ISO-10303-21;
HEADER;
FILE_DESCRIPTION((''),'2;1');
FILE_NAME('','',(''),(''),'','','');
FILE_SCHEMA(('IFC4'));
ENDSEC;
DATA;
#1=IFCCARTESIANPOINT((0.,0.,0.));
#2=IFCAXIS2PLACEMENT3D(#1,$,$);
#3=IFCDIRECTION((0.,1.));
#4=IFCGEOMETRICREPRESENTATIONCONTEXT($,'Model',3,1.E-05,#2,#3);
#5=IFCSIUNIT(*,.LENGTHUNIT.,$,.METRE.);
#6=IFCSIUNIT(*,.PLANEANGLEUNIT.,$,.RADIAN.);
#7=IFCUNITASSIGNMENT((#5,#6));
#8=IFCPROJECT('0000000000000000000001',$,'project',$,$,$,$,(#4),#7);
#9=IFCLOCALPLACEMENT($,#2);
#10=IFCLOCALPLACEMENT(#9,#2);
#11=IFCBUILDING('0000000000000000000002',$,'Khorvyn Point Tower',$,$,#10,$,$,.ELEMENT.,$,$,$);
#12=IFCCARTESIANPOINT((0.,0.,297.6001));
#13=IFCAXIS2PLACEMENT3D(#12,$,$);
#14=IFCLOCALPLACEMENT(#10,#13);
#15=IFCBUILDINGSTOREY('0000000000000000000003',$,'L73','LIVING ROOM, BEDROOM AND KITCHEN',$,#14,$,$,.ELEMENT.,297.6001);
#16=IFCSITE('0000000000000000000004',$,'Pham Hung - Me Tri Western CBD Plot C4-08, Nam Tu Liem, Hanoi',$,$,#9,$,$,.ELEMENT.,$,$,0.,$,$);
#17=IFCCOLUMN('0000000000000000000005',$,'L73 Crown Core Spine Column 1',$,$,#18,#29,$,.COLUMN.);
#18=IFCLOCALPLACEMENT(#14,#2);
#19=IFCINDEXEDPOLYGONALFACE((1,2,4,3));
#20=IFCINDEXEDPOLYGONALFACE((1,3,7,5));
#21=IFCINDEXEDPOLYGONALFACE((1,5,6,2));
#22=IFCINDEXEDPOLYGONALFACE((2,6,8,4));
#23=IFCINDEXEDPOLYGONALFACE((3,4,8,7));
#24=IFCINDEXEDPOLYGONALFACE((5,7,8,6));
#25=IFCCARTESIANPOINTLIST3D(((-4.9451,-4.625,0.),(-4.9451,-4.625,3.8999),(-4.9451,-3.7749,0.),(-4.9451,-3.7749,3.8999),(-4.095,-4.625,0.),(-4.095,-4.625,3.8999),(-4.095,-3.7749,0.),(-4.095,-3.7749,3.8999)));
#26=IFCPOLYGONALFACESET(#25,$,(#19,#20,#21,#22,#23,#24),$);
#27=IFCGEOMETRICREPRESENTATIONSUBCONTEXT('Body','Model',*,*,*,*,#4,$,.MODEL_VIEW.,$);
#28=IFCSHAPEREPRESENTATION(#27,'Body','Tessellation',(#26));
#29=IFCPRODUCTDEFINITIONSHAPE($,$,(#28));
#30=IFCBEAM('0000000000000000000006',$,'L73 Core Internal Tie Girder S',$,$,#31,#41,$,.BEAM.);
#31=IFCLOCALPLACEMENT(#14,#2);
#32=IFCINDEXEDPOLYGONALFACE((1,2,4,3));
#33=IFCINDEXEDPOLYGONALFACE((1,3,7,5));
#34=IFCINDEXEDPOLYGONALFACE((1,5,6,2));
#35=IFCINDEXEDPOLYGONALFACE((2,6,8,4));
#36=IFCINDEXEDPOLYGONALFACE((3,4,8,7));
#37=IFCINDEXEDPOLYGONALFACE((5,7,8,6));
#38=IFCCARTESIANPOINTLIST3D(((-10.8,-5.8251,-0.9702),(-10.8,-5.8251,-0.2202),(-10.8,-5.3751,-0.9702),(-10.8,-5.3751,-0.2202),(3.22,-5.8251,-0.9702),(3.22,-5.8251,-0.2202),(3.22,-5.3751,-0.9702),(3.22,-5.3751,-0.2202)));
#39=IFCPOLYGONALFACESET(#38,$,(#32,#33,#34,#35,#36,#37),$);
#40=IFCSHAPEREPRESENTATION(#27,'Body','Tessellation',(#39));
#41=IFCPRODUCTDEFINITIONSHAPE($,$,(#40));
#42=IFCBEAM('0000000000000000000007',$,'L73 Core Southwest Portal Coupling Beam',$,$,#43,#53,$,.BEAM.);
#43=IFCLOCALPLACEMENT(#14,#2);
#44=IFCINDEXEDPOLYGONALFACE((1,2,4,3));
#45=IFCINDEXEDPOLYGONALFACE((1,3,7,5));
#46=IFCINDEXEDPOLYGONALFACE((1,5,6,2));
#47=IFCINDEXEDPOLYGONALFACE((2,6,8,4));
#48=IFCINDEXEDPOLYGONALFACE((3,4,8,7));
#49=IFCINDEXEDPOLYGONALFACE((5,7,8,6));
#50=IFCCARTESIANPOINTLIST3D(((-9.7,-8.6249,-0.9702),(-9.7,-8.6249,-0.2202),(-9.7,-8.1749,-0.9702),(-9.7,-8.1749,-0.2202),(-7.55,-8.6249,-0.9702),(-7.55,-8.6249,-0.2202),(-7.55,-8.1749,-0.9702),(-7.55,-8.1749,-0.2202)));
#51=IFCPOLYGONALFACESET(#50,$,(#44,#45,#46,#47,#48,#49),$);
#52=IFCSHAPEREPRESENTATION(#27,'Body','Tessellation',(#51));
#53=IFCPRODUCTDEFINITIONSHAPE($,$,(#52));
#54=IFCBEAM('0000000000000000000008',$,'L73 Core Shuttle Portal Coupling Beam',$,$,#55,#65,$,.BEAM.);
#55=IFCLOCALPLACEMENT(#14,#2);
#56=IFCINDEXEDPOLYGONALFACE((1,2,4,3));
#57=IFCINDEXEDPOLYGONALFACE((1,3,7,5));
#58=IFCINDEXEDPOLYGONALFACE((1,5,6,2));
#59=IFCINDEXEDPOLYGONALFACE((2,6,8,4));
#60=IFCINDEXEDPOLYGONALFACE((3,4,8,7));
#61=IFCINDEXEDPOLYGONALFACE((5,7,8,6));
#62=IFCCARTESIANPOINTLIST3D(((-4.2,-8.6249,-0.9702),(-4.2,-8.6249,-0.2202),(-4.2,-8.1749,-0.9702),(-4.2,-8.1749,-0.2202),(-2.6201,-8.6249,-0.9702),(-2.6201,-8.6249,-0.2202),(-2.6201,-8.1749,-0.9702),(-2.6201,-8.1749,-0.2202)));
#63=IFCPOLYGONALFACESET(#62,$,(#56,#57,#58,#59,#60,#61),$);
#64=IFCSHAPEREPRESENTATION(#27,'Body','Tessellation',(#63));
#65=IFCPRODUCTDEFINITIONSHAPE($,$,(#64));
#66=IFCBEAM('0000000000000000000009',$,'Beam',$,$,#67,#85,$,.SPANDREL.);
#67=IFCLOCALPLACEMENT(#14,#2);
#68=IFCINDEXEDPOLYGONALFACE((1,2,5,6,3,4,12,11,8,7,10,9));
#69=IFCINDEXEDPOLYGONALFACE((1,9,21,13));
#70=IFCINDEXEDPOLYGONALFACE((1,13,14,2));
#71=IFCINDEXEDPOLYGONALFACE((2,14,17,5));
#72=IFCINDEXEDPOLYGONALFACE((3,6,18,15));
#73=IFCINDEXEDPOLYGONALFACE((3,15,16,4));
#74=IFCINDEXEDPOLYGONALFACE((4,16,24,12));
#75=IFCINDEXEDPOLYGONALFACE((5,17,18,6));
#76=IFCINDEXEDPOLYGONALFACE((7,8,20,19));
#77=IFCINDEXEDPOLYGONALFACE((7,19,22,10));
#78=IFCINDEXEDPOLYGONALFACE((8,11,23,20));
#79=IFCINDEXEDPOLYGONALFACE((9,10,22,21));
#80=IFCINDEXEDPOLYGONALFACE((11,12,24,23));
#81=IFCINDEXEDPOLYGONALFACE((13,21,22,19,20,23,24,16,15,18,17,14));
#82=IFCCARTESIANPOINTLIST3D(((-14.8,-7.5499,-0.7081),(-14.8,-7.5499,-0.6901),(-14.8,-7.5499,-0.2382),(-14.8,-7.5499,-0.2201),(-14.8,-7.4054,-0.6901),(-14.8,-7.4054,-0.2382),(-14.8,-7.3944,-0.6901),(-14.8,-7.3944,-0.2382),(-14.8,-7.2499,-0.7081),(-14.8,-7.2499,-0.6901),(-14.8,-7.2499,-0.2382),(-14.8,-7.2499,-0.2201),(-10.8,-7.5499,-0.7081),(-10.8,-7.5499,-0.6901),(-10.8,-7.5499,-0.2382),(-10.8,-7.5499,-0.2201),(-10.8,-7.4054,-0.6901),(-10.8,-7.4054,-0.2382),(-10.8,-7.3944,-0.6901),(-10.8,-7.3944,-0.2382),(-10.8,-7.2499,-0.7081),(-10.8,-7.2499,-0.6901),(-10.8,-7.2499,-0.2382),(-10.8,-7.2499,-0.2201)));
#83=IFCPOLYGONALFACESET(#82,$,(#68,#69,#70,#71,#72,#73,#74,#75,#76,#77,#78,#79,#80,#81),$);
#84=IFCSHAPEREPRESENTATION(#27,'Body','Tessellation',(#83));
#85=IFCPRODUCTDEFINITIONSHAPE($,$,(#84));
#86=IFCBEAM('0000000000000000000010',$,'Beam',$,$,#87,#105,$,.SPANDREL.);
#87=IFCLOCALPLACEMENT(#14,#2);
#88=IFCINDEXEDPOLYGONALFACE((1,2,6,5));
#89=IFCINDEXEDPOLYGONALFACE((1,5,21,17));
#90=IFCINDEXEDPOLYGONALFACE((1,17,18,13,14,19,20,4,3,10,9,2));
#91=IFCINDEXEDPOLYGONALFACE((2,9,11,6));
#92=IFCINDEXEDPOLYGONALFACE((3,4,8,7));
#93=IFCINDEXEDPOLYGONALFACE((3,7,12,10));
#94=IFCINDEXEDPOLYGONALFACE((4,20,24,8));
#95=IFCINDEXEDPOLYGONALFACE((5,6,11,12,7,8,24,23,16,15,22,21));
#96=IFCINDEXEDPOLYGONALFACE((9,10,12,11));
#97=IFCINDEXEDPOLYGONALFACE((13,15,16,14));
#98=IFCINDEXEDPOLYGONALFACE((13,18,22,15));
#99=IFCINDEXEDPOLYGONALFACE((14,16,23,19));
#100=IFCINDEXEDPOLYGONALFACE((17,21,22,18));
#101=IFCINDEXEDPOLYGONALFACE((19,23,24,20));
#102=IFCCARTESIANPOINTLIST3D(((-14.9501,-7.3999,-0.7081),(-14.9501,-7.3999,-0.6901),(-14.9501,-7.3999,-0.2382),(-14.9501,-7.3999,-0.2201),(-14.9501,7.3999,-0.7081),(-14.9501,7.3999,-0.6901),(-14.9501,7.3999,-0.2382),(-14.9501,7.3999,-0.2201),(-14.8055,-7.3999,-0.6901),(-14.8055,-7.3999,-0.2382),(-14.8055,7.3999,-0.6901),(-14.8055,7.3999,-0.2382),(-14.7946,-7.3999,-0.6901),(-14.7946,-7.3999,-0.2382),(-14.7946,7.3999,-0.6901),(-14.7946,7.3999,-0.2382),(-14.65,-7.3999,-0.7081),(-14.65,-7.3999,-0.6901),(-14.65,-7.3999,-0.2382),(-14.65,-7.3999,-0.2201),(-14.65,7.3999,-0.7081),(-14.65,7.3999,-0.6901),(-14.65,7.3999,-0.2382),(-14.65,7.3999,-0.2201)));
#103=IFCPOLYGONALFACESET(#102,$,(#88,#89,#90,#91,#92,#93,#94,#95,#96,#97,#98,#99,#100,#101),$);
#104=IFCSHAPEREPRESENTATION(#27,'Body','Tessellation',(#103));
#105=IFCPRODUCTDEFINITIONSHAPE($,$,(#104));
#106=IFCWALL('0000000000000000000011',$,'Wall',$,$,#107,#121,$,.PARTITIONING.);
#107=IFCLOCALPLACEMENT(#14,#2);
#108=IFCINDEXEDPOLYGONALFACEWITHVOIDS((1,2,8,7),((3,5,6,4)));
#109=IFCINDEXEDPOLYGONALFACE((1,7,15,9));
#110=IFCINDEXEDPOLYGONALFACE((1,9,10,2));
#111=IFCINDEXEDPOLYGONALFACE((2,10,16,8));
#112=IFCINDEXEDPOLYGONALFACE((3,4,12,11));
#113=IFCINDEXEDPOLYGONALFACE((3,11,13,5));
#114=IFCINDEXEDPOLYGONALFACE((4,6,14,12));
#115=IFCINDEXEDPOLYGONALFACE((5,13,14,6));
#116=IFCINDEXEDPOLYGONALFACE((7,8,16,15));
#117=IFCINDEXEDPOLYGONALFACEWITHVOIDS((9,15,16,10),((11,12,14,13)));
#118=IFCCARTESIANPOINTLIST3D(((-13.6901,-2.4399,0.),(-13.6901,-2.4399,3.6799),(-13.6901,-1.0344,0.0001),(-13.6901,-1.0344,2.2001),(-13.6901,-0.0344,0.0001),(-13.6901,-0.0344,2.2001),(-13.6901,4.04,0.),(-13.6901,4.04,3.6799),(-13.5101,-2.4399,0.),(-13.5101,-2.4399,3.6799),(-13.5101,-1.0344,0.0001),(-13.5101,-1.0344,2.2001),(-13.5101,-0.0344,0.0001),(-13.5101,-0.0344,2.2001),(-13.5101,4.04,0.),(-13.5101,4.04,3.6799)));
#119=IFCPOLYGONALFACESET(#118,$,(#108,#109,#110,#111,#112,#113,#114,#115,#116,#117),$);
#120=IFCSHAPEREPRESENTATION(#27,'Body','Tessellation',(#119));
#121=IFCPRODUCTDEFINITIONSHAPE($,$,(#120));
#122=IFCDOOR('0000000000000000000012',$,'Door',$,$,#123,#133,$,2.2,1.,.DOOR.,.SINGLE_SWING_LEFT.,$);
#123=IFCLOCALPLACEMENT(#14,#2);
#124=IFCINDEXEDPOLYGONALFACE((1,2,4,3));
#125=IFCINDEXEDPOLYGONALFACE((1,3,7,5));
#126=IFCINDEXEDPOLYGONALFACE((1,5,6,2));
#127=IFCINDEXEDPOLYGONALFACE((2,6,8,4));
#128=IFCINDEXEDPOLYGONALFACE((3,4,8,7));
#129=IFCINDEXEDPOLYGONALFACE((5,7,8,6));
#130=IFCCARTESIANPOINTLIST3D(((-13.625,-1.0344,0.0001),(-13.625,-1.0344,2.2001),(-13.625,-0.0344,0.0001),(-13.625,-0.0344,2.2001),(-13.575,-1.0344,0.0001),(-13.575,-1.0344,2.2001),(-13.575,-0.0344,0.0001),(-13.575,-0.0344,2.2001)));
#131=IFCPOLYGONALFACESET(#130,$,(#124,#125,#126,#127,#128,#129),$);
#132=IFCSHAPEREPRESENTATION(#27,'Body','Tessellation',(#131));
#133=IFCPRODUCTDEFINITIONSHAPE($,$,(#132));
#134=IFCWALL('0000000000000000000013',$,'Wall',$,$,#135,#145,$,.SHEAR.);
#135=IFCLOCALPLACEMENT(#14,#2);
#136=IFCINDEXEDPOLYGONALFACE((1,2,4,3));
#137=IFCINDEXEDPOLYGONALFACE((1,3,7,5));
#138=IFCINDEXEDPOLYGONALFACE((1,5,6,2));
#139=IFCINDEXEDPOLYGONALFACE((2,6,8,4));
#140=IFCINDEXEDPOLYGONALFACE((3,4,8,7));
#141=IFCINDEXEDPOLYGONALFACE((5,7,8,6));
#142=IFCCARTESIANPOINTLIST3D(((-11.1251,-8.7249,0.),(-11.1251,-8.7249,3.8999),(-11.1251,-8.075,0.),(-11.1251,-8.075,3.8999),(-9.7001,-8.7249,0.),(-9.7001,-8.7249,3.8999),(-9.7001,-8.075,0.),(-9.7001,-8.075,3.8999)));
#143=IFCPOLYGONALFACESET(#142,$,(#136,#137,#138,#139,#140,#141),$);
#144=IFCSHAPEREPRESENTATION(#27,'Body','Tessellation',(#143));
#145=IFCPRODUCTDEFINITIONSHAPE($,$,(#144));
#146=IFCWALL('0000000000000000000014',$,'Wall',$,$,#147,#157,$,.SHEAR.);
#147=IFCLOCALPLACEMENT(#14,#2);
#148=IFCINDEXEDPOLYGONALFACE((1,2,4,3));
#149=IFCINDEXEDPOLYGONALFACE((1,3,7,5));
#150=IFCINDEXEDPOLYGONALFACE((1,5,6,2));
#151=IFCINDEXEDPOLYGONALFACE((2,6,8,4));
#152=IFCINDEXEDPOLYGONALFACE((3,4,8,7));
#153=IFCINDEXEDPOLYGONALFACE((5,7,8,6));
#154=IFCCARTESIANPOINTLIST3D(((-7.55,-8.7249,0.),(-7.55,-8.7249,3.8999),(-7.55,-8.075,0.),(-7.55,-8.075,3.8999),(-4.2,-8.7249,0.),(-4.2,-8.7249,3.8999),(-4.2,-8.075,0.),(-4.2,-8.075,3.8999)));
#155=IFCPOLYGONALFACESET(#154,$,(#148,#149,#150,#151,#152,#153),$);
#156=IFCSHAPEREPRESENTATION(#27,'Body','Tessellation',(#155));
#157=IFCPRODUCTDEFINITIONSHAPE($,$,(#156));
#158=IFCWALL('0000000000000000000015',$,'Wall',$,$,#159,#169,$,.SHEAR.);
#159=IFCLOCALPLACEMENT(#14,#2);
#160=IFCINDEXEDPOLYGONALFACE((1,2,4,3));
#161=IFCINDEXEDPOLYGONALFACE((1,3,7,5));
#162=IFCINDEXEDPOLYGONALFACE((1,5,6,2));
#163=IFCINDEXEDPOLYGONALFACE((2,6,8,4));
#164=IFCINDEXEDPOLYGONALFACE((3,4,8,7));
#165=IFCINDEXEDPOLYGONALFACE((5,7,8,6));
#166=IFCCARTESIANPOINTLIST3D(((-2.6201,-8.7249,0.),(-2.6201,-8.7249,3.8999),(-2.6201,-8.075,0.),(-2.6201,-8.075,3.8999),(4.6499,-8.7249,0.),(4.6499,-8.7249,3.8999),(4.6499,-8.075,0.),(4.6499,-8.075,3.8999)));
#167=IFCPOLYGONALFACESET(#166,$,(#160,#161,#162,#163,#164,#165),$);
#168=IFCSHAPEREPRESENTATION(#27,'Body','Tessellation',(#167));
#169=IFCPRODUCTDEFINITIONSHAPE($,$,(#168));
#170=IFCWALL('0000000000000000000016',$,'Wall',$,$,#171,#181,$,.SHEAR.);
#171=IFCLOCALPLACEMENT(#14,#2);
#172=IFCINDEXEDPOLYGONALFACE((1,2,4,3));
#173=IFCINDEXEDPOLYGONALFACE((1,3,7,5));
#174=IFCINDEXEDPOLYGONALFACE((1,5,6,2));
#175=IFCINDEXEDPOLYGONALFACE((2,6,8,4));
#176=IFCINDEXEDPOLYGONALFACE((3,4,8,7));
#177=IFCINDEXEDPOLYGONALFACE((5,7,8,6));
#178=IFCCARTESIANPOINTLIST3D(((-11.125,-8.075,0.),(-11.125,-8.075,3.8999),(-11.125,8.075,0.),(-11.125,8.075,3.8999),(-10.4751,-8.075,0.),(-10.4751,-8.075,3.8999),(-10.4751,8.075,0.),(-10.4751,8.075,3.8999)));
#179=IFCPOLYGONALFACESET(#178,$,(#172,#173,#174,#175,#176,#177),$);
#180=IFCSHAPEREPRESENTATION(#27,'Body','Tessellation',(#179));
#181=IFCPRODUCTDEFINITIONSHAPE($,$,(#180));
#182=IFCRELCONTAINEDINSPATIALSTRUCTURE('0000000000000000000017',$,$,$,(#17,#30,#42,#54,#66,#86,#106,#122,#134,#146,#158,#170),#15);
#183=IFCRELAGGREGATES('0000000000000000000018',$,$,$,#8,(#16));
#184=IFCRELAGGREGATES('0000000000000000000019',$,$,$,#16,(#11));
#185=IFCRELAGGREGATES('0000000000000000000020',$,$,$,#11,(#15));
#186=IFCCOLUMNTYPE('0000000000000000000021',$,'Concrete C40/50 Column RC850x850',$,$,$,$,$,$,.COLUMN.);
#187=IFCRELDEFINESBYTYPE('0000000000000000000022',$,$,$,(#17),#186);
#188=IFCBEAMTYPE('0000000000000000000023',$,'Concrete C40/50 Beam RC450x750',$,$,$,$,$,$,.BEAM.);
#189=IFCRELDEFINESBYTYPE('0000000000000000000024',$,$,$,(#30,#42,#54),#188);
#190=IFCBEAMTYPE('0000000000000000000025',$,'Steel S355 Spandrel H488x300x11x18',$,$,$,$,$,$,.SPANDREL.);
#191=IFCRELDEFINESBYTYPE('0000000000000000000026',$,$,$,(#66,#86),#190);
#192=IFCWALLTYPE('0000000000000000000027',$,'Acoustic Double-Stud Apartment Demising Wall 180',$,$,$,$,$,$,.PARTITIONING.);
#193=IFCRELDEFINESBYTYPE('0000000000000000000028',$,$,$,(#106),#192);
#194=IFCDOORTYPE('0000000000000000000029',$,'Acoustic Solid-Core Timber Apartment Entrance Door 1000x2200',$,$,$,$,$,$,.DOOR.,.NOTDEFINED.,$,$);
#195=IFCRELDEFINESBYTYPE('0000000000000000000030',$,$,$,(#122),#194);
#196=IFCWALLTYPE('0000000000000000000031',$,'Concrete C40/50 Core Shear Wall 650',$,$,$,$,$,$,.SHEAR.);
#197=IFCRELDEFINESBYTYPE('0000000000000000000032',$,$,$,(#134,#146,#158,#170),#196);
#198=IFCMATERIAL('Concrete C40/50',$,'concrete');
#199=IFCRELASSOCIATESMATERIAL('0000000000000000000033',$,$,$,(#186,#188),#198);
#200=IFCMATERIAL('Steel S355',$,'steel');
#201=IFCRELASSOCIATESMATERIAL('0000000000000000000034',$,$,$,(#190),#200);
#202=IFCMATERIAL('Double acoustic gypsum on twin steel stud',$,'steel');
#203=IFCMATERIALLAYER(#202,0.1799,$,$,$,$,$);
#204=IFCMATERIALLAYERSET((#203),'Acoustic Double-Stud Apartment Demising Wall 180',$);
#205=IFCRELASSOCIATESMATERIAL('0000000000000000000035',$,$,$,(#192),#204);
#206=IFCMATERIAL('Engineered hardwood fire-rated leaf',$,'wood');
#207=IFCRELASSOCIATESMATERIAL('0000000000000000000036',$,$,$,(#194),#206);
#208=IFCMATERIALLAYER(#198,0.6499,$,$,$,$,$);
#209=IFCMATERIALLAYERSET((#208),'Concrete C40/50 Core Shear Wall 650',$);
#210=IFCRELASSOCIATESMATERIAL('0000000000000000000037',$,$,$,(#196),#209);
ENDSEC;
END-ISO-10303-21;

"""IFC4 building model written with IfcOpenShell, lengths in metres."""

from ifc_helpers import new_model, si_unit, direction, frame, frame_2d, origin, origin_2d, place, context, subcontext, project, spatial, rectangle, i_section, extrude, material, layer, layer_set, material_profile, profile_set, type_object, element, fill, save


model = new_model("IFC4")

# Units and contexts
model_context = context("Model", 3, precision=1e-05, world=origin(), true_north=direction((0.0, 1.0)))
body_context = subcontext(model_context, "Body", "Model", "MODEL_VIEW")
ifc_project = project(units=[si_unit("LENGTHUNIT", "METRE"), si_unit("PLANEANGLEUNIT", "RADIAN")], contexts=[model_context])

# Site, building, storey
site_placement = place(None, origin())
site = spatial("IfcSite", under=ifc_project, at=site_placement, Name="Pham Hung - Me Tri Western CBD Plot C4-08, Nam Tu Liem, Hanoi", CompositionType="ELEMENT", RefElevation=0.0)
building_placement = place(site_placement, origin())
building = spatial("IfcBuilding", under=site, at=building_placement, Name="Khorvyn Point Tower", CompositionType="ELEMENT")
storey_placement = place(building_placement, frame((0.0, 0.0, 297.6001)))
storey = spatial("IfcBuildingStorey", under=building, at=storey_placement, Name="L73", Description="LIVING ROOM, BEDROOM AND KITCHEN", CompositionType="ELEMENT", Elevation=297.6001)

# Column
ifc_material_1 = material(Name="Concrete C40/50", Category="concrete")
ifc_material_profile_1 = material_profile(ifc_material_1, rectangle(XDim=0.8501, YDim=0.8501, at=origin_2d()))
ifc_profile_set_1 = profile_set([ifc_material_profile_1], Name="Concrete C40/50 RC850x850")
column_type = type_object("IfcColumnType", Name="Concrete C40/50 Column RC850x850", PredefinedType="COLUMN", material=ifc_profile_set_1)
column_placement = place(storey_placement, frame((-4.52, -4.2, 0.0), z_axis=(0.0, 0.0, 1.0), x_axis=(1.0, 0.0, 0.0)))
element("IfcColumn", 1, at=column_placement, inside=storey, type_object=column_type, Name="L73 Crown Core Spine Column 1", PredefinedType="COLUMN", context=body_context, shape_type="SweptSolid", body=[
    extrude(rectangle(XDim=0.8501, YDim=0.8501, at=origin_2d()), origin(), (0.0, 0.0, 1.0), 3.8999),
])

# Beams
ifc_material_profile_2 = material_profile(ifc_material_1, rectangle(XDim=0.45, YDim=0.75, at=origin_2d()))
ifc_profile_set_2 = profile_set([ifc_material_profile_2], Name="Concrete C40/50 RC450x750")
beam_type_1 = type_object("IfcBeamType", Name="Concrete C40/50 Beam RC450x750", PredefinedType="BEAM", material=ifc_profile_set_2)
beam_1_placement = place(storey_placement, frame((-10.8, -5.6001, -0.5952), z_axis=(1.0, 0.0, 0.0), x_axis=(0.0, 1.0, 0.0)))
element("IfcBeam", 2, at=beam_1_placement, inside=storey, type_object=beam_type_1, Name="L73 Core Internal Tie Girder S", PredefinedType="BEAM", context=body_context, shape_type="SweptSolid", body=[
    extrude(rectangle(XDim=0.45, YDim=0.75, at=origin_2d()), origin(), (0.0, 0.0, 1.0), 14.02),
])
beam_2_placement = place(storey_placement, frame((-9.7, -8.3999, -0.5952), z_axis=(1.0, 0.0, 0.0), x_axis=(0.0, 1.0, 0.0)))
element("IfcBeam", 3, at=beam_2_placement, inside=storey, type_object=beam_type_1, Name="L73 Core Southwest Portal Coupling Beam", PredefinedType="BEAM", context=body_context, shape_type="SweptSolid", body=[
    extrude(rectangle(XDim=0.45, YDim=0.75, at=origin_2d()), origin(), (0.0, 0.0, 1.0), 2.1499),
])
beam_3_placement = place(storey_placement, frame((-4.2, -8.3999, -0.5952), z_axis=(1.0, 0.0, 0.0), x_axis=(0.0, 1.0, 0.0)))
element("IfcBeam", 4, at=beam_3_placement, inside=storey, type_object=beam_type_1, Name="L73 Core Shuttle Portal Coupling Beam", PredefinedType="BEAM", context=body_context, shape_type="SweptSolid", body=[
    extrude(rectangle(XDim=0.45, YDim=0.75, at=origin_2d()), origin(), (0.0, 0.0, 1.0), 1.5798),
])
ifc_material_2 = material(Name="Steel S355", Category="steel")
ifc_material_profile_3 = material_profile(ifc_material_2, i_section(OverallWidth=0.3, OverallDepth=0.488, WebThickness=0.011, FlangeThickness=0.0181, at=origin_2d()))
ifc_profile_set_3 = profile_set([ifc_material_profile_3], Name="Steel S355 H488x300x11x18")
beam_type_2 = type_object("IfcBeamType", Name="Steel S355 Spandrel H488x300x11x18", PredefinedType="SPANDREL", material=ifc_profile_set_3)
beam_4_placement = place(storey_placement, frame((-14.8, -7.3999, -0.4641), z_axis=(1.0, 0.0, 0.0), x_axis=(0.0, 1.0, 0.0)))
element("IfcBeam", 5, at=beam_4_placement, inside=storey, type_object=beam_type_2, Name="Beam", PredefinedType="SPANDREL", context=body_context, shape_type="SweptSolid", body=[
    extrude(i_section(OverallWidth=0.3, OverallDepth=0.488, WebThickness=0.011, FlangeThickness=0.0181, at=origin_2d()), origin(), (0.0, 0.0, 1.0), 4.0),
])
beam_5_placement = place(storey_placement, frame((-14.8, -7.3999, -0.4641), z_axis=(0.0, 1.0, 0.0), x_axis=(-1.0, 0.0, 0.0)))
element("IfcBeam", 6, at=beam_5_placement, inside=storey, type_object=beam_type_2, Name="Beam", PredefinedType="SPANDREL", context=body_context, shape_type="SweptSolid", body=[
    extrude(i_section(OverallWidth=0.3, OverallDepth=0.488, WebThickness=0.011, FlangeThickness=0.0181, at=origin_2d()), origin(), (0.0, 0.0, 1.0), 14.7998),
])

# Wall, opening, door
ifc_material_3 = material(Name="Double acoustic gypsum on twin steel stud", Category="steel")
ifc_layer_1 = layer(ifc_material_3, 0.1799)
ifc_layer_set_1 = layer_set([ifc_layer_1], Name="Acoustic Double-Stud Apartment Demising Wall 180")
wall_type_1 = type_object("IfcWallType", Name="Acoustic Double-Stud Apartment Demising Wall 180", PredefinedType="PARTITIONING", material=ifc_layer_set_1)
wall_1_placement = place(storey_placement, frame((-13.6001, -2.4399, 0.0), z_axis=(0.0, 0.0, 1.0), x_axis=(0.0, 1.0, 0.0)))
wall_1 = element("IfcWall", 7, at=wall_1_placement, inside=storey, type_object=wall_type_1, Name="Wall", PredefinedType="PARTITIONING", context=body_context, shape_type="SweptSolid", body=[
    extrude(rectangle(XDim=6.48, YDim=0.1799, at=frame_2d((3.24, 0.0))), origin(), (0.0, 0.0, 1.0), 3.6799),
])
opening_1_placement = place(wall_1_placement, frame((1.4055, 0.0, 0.0)))
opening_1 = element("IfcOpeningElement", 8, at=opening_1_placement, cuts=wall_1, PredefinedType="OPENING", context=body_context, shape_type="SweptSolid", body=[
    extrude(rectangle(XDim=1.0, YDim=2.2, at=frame_2d((0.5, 1.1001))), frame((0.0, 0.0999, 0.0), z_axis=(0.0, -1.0, 0.0), x_axis=(1.0, 0.0, 0.0)), (0.0, 0.0, 1.0), 0.2),
])
ifc_material_4 = material(Name="Engineered hardwood fire-rated leaf", Category="wood")
door_type_1 = type_object("IfcDoorType", Name="Acoustic Solid-Core Timber Apartment Entrance Door 1000x2200", OperationType="NOTDEFINED", PredefinedType="DOOR", material=ifc_material_4)
door_1_placement = place(opening_1_placement, origin())
door_1 = element("IfcDoor", 9, at=door_1_placement, inside=storey, type_object=door_type_1, Name="Door", OperationType="SINGLE_SWING_LEFT", OverallHeight=2.2, OverallWidth=1.0, PredefinedType="DOOR", context=body_context, shape_type="SweptSolid", body=[
    extrude(rectangle(XDim=1.0, YDim=2.2, at=frame_2d((0.5, 1.1001))), frame((0.0, 0.0249, 0.0), z_axis=(0.0, -1.0, 0.0), x_axis=(1.0, 0.0, 0.0)), (0.0, 0.0, 1.0), 0.05),
])
fill(opening_1, door_1)

# Walls
ifc_layer_2 = layer(ifc_material_1, 0.6499)
ifc_layer_set_2 = layer_set([ifc_layer_2], Name="Concrete C40/50 Core Shear Wall 650")
wall_type_2 = type_object("IfcWallType", Name="Concrete C40/50 Core Shear Wall 650", PredefinedType="SHEAR", material=ifc_layer_set_2)
wall_2_placement = place(storey_placement, frame((-11.125, -8.3999, 0.0), z_axis=(0.0, 0.0, 1.0), x_axis=(1.0, 0.0, 0.0)))
element("IfcWall", 10, at=wall_2_placement, inside=storey, type_object=wall_type_2, Name="Wall", PredefinedType="SHEAR", context=body_context, shape_type="SweptSolid", body=[
    extrude(rectangle(XDim=1.425, YDim=0.6499, at=frame_2d((0.7124, 0.0))), origin(), (0.0, 0.0, 1.0), 3.8999),
])
wall_3_placement = place(storey_placement, frame((-7.55, -8.3999, 0.0), z_axis=(0.0, 0.0, 1.0), x_axis=(1.0, 0.0, 0.0)))
element("IfcWall", 11, at=wall_3_placement, inside=storey, type_object=wall_type_2, Name="Wall", PredefinedType="SHEAR", context=body_context, shape_type="SweptSolid", body=[
    extrude(rectangle(XDim=3.3501, YDim=0.6499, at=frame_2d((1.675, 0.0))), origin(), (0.0, 0.0, 1.0), 3.8999),
])
wall_4_placement = place(storey_placement, frame((-2.6201, -8.3999, 0.0), z_axis=(0.0, 0.0, 1.0), x_axis=(1.0, 0.0, 0.0)))
element("IfcWall", 12, at=wall_4_placement, inside=storey, type_object=wall_type_2, Name="Wall", PredefinedType="SHEAR", context=body_context, shape_type="SweptSolid", body=[
    extrude(rectangle(XDim=7.27, YDim=0.6499, at=frame_2d((3.635, 0.0))), origin(), (0.0, 0.0, 1.0), 3.8999),
])
wall_5_placement = place(storey_placement, frame((-10.8, -8.075, 0.0), z_axis=(0.0, 0.0, 1.0), x_axis=(0.0, 1.0, 0.0)))
element("IfcWall", 13, at=wall_5_placement, inside=storey, type_object=wall_type_2, Name="Wall", PredefinedType="SHEAR", context=body_context, shape_type="SweptSolid", body=[
    extrude(rectangle(XDim=16.1499, YDim=0.6499, at=frame_2d((8.075, 0.0))), origin(), (0.0, 0.0, 1.0), 3.8999),
])

save(model, "model.ifc")
